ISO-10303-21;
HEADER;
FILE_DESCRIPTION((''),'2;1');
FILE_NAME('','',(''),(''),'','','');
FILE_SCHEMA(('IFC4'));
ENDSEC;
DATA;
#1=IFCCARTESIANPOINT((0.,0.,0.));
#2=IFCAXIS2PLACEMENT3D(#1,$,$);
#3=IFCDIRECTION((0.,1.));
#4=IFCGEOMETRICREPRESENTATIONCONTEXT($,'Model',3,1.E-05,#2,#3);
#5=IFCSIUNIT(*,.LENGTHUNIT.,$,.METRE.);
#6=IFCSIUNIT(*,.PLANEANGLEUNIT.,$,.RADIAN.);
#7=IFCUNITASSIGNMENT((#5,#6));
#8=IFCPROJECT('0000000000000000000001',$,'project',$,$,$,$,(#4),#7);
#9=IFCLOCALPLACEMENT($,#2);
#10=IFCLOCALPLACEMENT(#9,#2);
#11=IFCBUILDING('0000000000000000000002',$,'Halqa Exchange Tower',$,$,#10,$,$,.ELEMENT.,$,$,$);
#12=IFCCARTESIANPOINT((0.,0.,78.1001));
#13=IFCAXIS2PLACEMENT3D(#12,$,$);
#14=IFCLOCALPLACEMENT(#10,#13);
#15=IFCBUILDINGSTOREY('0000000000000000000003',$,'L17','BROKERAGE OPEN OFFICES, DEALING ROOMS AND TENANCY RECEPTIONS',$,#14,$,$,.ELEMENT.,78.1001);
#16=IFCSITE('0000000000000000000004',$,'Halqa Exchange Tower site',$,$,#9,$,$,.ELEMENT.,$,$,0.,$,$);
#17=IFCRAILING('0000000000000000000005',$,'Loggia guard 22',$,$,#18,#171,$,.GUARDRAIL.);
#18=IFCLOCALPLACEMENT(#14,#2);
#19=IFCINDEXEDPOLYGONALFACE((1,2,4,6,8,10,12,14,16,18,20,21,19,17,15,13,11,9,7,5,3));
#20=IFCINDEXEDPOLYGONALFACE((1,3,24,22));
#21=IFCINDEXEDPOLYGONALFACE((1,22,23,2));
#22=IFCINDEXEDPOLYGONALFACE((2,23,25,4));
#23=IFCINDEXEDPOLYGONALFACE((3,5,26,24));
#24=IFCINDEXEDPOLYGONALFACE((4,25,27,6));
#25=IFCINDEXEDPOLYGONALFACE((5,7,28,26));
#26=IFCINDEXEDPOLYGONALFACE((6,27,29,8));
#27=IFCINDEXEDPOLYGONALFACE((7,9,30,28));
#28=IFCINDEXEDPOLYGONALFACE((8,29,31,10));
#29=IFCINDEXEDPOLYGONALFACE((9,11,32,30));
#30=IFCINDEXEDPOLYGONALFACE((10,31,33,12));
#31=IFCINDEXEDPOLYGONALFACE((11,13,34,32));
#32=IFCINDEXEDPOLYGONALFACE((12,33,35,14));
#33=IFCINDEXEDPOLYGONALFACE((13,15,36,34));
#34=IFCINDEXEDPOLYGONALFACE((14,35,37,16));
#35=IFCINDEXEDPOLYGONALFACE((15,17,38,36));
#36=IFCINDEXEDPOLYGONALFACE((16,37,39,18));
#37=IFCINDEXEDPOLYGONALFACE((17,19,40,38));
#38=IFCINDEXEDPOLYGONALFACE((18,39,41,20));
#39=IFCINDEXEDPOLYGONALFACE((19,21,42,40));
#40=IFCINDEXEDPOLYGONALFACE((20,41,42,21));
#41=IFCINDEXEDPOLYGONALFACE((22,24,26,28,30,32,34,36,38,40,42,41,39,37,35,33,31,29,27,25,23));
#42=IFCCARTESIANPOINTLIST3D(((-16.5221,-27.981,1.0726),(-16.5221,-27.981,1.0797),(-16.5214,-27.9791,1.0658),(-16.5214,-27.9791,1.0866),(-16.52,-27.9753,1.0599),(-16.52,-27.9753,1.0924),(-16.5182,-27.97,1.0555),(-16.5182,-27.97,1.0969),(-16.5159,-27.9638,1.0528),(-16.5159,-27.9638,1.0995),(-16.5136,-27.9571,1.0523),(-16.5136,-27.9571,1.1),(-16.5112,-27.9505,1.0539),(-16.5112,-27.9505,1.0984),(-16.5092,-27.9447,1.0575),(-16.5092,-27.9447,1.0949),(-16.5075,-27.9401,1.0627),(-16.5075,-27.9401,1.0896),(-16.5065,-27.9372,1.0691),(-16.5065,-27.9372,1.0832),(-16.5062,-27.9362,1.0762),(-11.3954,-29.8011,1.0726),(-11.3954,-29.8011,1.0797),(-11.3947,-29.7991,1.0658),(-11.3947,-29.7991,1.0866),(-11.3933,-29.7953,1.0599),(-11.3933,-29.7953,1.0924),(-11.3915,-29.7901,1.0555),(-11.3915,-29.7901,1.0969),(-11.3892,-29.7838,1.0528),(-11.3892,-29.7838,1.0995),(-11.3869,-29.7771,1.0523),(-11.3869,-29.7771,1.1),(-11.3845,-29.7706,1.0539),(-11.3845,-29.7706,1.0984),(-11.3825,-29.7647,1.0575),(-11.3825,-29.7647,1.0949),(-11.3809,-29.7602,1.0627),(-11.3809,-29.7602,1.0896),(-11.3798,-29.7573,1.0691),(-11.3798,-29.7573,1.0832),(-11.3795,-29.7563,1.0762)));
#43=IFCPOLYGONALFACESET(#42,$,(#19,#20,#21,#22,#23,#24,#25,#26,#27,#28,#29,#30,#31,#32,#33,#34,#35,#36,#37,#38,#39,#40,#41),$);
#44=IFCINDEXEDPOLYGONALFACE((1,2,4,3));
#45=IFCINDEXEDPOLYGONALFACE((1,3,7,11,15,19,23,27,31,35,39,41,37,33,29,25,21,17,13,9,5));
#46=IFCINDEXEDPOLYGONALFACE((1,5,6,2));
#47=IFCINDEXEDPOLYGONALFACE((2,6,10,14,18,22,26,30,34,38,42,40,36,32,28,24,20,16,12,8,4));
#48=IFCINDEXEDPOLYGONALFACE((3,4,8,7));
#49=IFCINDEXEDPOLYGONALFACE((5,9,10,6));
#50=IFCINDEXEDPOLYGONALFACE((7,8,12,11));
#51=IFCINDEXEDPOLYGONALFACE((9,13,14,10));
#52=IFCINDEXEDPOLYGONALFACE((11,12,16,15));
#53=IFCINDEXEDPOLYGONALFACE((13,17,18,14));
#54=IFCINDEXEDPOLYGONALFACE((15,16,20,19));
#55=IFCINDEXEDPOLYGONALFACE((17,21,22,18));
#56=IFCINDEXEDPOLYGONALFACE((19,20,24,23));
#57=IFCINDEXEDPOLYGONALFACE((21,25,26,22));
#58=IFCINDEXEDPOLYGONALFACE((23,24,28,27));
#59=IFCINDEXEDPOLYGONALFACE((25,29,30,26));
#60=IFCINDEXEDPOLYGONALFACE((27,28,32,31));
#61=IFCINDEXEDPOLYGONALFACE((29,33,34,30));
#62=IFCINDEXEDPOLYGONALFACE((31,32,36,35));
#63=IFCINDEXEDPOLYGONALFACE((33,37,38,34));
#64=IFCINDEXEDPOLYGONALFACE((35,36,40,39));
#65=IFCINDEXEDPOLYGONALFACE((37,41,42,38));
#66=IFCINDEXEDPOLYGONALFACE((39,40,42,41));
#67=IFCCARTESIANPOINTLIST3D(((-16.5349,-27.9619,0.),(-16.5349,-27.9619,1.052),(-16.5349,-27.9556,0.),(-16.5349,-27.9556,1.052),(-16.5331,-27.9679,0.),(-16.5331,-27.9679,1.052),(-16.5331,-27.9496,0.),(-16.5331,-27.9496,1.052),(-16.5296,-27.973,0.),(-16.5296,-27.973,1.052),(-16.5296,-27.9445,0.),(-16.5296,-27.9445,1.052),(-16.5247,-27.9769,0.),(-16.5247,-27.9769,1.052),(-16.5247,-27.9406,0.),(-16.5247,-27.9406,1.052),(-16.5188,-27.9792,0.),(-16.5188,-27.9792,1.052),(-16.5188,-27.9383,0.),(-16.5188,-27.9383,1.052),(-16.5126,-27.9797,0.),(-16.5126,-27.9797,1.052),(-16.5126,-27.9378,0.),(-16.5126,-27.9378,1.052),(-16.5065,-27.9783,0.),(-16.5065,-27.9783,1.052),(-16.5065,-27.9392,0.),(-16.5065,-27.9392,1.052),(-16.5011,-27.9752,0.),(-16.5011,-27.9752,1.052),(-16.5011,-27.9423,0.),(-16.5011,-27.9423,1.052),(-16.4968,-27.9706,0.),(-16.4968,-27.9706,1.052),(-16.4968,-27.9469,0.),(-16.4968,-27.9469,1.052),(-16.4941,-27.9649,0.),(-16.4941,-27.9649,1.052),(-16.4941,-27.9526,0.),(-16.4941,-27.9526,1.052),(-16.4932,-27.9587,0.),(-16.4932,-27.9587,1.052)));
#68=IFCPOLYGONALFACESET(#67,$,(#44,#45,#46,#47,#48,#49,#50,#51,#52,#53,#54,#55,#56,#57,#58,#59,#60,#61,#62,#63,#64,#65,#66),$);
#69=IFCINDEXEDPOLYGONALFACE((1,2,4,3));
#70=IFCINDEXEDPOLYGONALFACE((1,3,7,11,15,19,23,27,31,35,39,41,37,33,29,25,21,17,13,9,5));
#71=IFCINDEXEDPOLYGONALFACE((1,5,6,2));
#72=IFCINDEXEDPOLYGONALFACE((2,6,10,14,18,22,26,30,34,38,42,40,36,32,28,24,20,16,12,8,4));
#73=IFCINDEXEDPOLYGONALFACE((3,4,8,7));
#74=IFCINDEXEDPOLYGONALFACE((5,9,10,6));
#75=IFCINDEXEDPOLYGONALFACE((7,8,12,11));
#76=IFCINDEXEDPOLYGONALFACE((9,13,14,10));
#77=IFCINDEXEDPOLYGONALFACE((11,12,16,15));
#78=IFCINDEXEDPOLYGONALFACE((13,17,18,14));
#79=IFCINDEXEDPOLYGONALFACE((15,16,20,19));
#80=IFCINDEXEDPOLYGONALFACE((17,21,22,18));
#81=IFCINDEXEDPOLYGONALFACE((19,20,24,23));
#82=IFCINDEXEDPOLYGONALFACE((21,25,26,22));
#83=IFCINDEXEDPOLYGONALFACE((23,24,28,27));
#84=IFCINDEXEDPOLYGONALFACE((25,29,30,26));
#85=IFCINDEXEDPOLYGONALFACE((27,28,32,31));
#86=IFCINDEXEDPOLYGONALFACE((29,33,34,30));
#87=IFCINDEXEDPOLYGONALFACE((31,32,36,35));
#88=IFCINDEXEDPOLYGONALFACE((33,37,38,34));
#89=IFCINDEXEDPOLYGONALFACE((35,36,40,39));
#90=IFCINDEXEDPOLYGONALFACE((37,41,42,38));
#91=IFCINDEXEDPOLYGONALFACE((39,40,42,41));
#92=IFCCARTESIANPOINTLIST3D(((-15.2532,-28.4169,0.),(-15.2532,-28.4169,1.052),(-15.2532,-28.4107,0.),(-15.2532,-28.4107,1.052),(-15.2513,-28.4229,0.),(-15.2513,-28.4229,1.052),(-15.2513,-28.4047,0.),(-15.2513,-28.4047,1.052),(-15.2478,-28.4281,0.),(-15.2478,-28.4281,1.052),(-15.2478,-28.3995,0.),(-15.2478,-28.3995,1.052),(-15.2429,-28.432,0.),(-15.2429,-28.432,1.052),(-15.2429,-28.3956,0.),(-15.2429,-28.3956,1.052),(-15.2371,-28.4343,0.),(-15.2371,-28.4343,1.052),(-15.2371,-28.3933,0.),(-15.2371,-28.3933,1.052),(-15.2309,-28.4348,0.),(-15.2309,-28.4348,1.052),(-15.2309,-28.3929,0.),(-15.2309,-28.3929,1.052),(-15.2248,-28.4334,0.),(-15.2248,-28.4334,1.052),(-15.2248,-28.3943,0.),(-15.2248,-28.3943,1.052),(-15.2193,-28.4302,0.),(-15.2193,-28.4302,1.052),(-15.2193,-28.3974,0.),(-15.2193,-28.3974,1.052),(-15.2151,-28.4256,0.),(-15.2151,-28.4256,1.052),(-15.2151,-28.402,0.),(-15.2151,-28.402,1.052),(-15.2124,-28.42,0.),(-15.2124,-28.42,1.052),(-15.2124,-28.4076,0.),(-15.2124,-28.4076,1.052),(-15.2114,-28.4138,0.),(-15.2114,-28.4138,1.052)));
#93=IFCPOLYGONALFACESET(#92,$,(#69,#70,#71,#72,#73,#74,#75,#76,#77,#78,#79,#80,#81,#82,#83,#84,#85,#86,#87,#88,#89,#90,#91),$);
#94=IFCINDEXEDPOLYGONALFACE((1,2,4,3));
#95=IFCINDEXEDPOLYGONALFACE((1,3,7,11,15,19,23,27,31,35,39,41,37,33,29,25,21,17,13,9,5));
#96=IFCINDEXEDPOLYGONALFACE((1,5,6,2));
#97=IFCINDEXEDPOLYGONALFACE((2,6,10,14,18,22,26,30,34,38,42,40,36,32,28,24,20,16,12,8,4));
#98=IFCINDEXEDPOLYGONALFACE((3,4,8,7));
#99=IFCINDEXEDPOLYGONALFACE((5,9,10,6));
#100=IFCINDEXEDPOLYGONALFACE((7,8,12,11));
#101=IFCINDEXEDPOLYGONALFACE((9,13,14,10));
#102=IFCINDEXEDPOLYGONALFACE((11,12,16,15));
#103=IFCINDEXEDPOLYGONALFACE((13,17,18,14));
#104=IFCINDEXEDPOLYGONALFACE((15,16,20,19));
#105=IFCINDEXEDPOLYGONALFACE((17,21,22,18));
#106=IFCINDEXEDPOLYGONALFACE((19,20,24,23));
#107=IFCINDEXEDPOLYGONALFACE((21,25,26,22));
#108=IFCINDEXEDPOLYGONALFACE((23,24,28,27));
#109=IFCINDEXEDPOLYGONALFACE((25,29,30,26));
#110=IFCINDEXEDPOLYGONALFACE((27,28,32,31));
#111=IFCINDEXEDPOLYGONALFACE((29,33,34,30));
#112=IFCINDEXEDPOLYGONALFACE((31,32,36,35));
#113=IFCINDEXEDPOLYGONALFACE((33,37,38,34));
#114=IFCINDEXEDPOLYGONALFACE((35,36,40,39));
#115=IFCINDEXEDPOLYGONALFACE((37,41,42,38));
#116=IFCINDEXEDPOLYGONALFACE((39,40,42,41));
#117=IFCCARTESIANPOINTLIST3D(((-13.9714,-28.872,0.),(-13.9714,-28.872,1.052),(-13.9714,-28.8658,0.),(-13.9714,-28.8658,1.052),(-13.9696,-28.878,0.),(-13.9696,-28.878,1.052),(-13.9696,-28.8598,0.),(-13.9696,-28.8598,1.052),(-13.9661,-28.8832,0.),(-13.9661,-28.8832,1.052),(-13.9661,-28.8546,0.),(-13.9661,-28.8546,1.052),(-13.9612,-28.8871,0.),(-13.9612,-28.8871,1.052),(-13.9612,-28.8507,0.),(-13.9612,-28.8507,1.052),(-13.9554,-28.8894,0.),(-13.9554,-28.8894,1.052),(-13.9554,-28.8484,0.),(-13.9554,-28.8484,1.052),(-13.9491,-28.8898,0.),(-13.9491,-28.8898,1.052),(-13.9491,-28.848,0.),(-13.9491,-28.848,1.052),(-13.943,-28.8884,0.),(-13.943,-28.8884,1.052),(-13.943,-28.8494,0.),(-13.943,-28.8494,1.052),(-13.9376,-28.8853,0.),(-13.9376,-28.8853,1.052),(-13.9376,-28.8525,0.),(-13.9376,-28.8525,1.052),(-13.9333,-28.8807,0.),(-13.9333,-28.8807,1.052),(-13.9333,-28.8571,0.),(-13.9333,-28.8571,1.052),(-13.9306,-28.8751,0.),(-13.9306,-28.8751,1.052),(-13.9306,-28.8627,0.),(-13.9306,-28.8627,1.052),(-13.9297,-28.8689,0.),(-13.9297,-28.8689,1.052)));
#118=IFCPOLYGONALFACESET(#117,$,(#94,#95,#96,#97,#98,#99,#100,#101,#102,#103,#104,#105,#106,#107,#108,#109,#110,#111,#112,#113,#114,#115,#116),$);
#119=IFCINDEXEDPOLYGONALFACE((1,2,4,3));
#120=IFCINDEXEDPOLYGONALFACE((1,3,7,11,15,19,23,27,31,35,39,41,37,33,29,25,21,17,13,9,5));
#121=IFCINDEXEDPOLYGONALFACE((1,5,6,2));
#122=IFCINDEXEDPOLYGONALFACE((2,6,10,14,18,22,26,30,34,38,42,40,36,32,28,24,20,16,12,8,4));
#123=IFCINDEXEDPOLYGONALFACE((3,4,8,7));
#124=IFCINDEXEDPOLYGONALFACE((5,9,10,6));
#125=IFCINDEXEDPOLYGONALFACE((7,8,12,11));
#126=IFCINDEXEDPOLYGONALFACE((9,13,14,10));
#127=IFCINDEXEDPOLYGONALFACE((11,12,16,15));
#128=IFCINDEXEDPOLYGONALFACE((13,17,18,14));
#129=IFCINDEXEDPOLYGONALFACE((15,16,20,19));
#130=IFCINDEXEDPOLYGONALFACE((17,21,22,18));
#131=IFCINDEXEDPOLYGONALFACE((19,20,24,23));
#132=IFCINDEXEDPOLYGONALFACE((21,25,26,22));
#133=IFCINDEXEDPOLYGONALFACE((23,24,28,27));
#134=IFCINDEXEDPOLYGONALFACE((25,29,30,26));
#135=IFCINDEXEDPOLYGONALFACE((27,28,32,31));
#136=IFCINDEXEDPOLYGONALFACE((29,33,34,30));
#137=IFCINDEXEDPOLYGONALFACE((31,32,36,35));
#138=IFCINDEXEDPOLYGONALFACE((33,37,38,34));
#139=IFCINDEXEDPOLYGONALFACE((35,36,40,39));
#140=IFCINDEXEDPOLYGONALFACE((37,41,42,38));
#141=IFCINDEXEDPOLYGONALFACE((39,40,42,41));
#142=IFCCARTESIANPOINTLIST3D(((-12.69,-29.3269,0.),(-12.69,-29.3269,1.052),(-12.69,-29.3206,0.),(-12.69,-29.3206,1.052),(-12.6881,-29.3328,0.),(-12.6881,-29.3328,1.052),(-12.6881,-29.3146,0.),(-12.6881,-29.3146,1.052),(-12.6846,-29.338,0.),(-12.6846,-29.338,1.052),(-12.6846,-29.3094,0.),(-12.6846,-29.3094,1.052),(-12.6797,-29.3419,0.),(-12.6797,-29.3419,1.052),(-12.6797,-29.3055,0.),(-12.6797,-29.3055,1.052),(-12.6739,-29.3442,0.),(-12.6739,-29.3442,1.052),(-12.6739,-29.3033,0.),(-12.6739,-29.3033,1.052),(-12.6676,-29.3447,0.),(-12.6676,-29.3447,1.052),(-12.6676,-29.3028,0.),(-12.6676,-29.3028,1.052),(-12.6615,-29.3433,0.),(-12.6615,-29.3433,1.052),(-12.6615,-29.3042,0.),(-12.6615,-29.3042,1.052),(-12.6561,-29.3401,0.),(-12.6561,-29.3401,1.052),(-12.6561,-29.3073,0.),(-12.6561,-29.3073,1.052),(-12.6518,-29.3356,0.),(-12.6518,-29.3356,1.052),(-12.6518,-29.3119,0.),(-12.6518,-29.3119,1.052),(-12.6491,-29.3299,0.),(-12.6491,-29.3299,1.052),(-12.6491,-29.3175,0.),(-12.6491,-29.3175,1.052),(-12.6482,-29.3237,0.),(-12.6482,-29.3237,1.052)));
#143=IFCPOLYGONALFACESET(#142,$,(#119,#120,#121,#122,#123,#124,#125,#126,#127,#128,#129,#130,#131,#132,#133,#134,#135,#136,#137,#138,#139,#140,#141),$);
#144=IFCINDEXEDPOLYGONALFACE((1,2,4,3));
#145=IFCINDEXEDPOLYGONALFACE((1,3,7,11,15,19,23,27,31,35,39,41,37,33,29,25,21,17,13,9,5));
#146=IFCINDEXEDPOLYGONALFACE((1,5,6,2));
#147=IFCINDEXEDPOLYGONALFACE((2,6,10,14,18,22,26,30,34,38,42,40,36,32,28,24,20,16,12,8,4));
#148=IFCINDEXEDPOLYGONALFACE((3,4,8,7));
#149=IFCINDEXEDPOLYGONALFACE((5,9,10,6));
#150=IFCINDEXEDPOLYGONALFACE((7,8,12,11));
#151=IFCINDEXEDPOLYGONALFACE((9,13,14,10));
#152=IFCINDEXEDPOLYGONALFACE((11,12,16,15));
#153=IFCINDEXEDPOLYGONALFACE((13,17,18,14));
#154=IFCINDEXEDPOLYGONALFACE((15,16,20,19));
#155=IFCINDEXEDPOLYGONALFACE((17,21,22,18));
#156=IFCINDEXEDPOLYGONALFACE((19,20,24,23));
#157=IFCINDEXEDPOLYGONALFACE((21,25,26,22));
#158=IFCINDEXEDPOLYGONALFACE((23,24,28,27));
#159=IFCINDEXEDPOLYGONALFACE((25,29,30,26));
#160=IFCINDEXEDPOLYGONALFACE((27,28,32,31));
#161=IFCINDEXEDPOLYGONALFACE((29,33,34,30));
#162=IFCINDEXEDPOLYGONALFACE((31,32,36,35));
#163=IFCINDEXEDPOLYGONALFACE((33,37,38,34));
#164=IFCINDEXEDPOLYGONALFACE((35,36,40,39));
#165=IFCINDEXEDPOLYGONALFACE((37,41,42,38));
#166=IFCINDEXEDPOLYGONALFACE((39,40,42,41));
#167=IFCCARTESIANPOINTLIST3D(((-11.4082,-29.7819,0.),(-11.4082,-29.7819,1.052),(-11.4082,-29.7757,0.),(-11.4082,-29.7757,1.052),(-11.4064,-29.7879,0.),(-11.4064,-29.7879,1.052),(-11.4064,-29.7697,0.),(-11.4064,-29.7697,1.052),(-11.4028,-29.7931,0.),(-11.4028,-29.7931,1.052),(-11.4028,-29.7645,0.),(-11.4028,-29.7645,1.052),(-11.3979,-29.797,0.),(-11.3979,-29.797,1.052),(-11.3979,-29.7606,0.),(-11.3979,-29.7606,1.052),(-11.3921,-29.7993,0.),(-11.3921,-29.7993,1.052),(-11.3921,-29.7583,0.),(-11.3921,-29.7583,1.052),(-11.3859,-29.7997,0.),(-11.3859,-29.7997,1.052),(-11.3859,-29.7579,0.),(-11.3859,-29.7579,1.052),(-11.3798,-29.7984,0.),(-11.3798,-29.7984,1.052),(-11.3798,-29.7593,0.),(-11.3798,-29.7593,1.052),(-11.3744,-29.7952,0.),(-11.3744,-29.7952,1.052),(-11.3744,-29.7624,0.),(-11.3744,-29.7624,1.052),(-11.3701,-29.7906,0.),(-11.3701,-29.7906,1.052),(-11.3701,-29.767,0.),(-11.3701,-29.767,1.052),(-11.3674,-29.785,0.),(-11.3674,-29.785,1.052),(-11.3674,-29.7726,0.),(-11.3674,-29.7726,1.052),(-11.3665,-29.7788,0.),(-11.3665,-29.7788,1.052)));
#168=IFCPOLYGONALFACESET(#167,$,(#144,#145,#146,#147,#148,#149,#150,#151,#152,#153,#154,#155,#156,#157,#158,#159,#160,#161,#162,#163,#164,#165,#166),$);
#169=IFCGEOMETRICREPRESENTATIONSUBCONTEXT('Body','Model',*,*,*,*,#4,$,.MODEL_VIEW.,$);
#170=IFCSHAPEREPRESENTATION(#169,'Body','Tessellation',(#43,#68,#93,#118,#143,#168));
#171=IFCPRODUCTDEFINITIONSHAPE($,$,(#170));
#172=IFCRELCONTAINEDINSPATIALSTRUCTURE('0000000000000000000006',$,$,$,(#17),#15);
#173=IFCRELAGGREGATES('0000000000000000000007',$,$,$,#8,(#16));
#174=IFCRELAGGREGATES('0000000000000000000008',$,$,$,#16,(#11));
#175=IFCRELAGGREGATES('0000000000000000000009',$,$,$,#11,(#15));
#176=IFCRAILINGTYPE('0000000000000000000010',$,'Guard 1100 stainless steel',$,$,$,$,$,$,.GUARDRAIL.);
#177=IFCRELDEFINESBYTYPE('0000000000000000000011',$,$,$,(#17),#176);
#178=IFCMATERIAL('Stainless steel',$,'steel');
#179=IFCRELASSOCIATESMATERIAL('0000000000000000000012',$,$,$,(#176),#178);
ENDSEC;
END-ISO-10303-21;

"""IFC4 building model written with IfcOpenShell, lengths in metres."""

from ifc_helpers import new_model, si_unit, direction, frame, origin, origin_2d, place, context, subcontext, project, spatial, circle, extrude, material, type_object, element, save


model = new_model("IFC4")

# Units and contexts
model_context = context("Model", 3, precision=1e-05, world=origin(), true_north=direction((0.0, 1.0)))
body_context = subcontext(model_context, "Body", "Model", "MODEL_VIEW")
ifc_project = project(units=[si_unit("LENGTHUNIT", "METRE"), si_unit("PLANEANGLEUNIT", "RADIAN")], contexts=[model_context])

# Site, building, storey
site_placement = place(None, origin())
site = spatial("IfcSite", under=ifc_project, at=site_placement, Name="Halqa Exchange Tower site", CompositionType="ELEMENT", RefElevation=0.0)
building_placement = place(site_placement, origin())
building = spatial("IfcBuilding", under=site, at=building_placement, Name="Halqa Exchange Tower", CompositionType="ELEMENT")
storey_placement = place(building_placement, frame((0.0, 0.0, 78.1001)))
storey = spatial("IfcBuildingStorey", under=building, at=storey_placement, Name="L17", Description="BROKERAGE OPEN OFFICES, DEALING ROOMS AND TENANCY RECEPTIONS", CompositionType="ELEMENT", Elevation=78.1001)

# Railing
ifc_material_1 = material(Name="Stainless steel", Category="steel")
railing_type = type_object("IfcRailingType", Name="Guard 1100 stainless steel", PredefinedType="GUARDRAIL", material=ifc_material_1)
railing_1_placement = place(storey_placement, frame((-16.5142, -27.9587, 0.0)))
element("IfcRailing", 1, at=railing_1_placement, inside=storey, type_object=railing_type, Name="Loggia guard 22", PredefinedType="GUARDRAIL", context=body_context, shape_type="SweptSolid", body=[
    extrude(circle(Radius=0.0239, at=origin_2d()), frame((0.0, 0.0, 1.0762), z_axis=(0.942375, -0.334559, 0.0), x_axis=(0.334559, 0.942375, 0.0)), (0.0, 0.0, 1.0), 5.4402),
    extrude(circle(Radius=0.021, at=origin_2d()), origin(), (0.0, 0.0, 1.0), 1.052),
    extrude(circle(Radius=0.021, at=origin_2d()), frame((1.2817, -0.4551, 0.0)), (0.0, 0.0, 1.0), 1.052),
    extrude(circle(Radius=0.021, at=origin_2d()), frame((2.5635, -0.9102, 0.0)), (0.0, 0.0, 1.0), 1.052),
    extrude(circle(Radius=0.021, at=origin_2d()), frame((3.845, -1.365, 0.0)), (0.0, 0.0, 1.0), 1.052),
    extrude(circle(Radius=0.021, at=origin_2d()), frame((5.1267, -1.8201, 0.0)), (0.0, 0.0, 1.0), 1.052),
])

save(model, "model.ifc")
